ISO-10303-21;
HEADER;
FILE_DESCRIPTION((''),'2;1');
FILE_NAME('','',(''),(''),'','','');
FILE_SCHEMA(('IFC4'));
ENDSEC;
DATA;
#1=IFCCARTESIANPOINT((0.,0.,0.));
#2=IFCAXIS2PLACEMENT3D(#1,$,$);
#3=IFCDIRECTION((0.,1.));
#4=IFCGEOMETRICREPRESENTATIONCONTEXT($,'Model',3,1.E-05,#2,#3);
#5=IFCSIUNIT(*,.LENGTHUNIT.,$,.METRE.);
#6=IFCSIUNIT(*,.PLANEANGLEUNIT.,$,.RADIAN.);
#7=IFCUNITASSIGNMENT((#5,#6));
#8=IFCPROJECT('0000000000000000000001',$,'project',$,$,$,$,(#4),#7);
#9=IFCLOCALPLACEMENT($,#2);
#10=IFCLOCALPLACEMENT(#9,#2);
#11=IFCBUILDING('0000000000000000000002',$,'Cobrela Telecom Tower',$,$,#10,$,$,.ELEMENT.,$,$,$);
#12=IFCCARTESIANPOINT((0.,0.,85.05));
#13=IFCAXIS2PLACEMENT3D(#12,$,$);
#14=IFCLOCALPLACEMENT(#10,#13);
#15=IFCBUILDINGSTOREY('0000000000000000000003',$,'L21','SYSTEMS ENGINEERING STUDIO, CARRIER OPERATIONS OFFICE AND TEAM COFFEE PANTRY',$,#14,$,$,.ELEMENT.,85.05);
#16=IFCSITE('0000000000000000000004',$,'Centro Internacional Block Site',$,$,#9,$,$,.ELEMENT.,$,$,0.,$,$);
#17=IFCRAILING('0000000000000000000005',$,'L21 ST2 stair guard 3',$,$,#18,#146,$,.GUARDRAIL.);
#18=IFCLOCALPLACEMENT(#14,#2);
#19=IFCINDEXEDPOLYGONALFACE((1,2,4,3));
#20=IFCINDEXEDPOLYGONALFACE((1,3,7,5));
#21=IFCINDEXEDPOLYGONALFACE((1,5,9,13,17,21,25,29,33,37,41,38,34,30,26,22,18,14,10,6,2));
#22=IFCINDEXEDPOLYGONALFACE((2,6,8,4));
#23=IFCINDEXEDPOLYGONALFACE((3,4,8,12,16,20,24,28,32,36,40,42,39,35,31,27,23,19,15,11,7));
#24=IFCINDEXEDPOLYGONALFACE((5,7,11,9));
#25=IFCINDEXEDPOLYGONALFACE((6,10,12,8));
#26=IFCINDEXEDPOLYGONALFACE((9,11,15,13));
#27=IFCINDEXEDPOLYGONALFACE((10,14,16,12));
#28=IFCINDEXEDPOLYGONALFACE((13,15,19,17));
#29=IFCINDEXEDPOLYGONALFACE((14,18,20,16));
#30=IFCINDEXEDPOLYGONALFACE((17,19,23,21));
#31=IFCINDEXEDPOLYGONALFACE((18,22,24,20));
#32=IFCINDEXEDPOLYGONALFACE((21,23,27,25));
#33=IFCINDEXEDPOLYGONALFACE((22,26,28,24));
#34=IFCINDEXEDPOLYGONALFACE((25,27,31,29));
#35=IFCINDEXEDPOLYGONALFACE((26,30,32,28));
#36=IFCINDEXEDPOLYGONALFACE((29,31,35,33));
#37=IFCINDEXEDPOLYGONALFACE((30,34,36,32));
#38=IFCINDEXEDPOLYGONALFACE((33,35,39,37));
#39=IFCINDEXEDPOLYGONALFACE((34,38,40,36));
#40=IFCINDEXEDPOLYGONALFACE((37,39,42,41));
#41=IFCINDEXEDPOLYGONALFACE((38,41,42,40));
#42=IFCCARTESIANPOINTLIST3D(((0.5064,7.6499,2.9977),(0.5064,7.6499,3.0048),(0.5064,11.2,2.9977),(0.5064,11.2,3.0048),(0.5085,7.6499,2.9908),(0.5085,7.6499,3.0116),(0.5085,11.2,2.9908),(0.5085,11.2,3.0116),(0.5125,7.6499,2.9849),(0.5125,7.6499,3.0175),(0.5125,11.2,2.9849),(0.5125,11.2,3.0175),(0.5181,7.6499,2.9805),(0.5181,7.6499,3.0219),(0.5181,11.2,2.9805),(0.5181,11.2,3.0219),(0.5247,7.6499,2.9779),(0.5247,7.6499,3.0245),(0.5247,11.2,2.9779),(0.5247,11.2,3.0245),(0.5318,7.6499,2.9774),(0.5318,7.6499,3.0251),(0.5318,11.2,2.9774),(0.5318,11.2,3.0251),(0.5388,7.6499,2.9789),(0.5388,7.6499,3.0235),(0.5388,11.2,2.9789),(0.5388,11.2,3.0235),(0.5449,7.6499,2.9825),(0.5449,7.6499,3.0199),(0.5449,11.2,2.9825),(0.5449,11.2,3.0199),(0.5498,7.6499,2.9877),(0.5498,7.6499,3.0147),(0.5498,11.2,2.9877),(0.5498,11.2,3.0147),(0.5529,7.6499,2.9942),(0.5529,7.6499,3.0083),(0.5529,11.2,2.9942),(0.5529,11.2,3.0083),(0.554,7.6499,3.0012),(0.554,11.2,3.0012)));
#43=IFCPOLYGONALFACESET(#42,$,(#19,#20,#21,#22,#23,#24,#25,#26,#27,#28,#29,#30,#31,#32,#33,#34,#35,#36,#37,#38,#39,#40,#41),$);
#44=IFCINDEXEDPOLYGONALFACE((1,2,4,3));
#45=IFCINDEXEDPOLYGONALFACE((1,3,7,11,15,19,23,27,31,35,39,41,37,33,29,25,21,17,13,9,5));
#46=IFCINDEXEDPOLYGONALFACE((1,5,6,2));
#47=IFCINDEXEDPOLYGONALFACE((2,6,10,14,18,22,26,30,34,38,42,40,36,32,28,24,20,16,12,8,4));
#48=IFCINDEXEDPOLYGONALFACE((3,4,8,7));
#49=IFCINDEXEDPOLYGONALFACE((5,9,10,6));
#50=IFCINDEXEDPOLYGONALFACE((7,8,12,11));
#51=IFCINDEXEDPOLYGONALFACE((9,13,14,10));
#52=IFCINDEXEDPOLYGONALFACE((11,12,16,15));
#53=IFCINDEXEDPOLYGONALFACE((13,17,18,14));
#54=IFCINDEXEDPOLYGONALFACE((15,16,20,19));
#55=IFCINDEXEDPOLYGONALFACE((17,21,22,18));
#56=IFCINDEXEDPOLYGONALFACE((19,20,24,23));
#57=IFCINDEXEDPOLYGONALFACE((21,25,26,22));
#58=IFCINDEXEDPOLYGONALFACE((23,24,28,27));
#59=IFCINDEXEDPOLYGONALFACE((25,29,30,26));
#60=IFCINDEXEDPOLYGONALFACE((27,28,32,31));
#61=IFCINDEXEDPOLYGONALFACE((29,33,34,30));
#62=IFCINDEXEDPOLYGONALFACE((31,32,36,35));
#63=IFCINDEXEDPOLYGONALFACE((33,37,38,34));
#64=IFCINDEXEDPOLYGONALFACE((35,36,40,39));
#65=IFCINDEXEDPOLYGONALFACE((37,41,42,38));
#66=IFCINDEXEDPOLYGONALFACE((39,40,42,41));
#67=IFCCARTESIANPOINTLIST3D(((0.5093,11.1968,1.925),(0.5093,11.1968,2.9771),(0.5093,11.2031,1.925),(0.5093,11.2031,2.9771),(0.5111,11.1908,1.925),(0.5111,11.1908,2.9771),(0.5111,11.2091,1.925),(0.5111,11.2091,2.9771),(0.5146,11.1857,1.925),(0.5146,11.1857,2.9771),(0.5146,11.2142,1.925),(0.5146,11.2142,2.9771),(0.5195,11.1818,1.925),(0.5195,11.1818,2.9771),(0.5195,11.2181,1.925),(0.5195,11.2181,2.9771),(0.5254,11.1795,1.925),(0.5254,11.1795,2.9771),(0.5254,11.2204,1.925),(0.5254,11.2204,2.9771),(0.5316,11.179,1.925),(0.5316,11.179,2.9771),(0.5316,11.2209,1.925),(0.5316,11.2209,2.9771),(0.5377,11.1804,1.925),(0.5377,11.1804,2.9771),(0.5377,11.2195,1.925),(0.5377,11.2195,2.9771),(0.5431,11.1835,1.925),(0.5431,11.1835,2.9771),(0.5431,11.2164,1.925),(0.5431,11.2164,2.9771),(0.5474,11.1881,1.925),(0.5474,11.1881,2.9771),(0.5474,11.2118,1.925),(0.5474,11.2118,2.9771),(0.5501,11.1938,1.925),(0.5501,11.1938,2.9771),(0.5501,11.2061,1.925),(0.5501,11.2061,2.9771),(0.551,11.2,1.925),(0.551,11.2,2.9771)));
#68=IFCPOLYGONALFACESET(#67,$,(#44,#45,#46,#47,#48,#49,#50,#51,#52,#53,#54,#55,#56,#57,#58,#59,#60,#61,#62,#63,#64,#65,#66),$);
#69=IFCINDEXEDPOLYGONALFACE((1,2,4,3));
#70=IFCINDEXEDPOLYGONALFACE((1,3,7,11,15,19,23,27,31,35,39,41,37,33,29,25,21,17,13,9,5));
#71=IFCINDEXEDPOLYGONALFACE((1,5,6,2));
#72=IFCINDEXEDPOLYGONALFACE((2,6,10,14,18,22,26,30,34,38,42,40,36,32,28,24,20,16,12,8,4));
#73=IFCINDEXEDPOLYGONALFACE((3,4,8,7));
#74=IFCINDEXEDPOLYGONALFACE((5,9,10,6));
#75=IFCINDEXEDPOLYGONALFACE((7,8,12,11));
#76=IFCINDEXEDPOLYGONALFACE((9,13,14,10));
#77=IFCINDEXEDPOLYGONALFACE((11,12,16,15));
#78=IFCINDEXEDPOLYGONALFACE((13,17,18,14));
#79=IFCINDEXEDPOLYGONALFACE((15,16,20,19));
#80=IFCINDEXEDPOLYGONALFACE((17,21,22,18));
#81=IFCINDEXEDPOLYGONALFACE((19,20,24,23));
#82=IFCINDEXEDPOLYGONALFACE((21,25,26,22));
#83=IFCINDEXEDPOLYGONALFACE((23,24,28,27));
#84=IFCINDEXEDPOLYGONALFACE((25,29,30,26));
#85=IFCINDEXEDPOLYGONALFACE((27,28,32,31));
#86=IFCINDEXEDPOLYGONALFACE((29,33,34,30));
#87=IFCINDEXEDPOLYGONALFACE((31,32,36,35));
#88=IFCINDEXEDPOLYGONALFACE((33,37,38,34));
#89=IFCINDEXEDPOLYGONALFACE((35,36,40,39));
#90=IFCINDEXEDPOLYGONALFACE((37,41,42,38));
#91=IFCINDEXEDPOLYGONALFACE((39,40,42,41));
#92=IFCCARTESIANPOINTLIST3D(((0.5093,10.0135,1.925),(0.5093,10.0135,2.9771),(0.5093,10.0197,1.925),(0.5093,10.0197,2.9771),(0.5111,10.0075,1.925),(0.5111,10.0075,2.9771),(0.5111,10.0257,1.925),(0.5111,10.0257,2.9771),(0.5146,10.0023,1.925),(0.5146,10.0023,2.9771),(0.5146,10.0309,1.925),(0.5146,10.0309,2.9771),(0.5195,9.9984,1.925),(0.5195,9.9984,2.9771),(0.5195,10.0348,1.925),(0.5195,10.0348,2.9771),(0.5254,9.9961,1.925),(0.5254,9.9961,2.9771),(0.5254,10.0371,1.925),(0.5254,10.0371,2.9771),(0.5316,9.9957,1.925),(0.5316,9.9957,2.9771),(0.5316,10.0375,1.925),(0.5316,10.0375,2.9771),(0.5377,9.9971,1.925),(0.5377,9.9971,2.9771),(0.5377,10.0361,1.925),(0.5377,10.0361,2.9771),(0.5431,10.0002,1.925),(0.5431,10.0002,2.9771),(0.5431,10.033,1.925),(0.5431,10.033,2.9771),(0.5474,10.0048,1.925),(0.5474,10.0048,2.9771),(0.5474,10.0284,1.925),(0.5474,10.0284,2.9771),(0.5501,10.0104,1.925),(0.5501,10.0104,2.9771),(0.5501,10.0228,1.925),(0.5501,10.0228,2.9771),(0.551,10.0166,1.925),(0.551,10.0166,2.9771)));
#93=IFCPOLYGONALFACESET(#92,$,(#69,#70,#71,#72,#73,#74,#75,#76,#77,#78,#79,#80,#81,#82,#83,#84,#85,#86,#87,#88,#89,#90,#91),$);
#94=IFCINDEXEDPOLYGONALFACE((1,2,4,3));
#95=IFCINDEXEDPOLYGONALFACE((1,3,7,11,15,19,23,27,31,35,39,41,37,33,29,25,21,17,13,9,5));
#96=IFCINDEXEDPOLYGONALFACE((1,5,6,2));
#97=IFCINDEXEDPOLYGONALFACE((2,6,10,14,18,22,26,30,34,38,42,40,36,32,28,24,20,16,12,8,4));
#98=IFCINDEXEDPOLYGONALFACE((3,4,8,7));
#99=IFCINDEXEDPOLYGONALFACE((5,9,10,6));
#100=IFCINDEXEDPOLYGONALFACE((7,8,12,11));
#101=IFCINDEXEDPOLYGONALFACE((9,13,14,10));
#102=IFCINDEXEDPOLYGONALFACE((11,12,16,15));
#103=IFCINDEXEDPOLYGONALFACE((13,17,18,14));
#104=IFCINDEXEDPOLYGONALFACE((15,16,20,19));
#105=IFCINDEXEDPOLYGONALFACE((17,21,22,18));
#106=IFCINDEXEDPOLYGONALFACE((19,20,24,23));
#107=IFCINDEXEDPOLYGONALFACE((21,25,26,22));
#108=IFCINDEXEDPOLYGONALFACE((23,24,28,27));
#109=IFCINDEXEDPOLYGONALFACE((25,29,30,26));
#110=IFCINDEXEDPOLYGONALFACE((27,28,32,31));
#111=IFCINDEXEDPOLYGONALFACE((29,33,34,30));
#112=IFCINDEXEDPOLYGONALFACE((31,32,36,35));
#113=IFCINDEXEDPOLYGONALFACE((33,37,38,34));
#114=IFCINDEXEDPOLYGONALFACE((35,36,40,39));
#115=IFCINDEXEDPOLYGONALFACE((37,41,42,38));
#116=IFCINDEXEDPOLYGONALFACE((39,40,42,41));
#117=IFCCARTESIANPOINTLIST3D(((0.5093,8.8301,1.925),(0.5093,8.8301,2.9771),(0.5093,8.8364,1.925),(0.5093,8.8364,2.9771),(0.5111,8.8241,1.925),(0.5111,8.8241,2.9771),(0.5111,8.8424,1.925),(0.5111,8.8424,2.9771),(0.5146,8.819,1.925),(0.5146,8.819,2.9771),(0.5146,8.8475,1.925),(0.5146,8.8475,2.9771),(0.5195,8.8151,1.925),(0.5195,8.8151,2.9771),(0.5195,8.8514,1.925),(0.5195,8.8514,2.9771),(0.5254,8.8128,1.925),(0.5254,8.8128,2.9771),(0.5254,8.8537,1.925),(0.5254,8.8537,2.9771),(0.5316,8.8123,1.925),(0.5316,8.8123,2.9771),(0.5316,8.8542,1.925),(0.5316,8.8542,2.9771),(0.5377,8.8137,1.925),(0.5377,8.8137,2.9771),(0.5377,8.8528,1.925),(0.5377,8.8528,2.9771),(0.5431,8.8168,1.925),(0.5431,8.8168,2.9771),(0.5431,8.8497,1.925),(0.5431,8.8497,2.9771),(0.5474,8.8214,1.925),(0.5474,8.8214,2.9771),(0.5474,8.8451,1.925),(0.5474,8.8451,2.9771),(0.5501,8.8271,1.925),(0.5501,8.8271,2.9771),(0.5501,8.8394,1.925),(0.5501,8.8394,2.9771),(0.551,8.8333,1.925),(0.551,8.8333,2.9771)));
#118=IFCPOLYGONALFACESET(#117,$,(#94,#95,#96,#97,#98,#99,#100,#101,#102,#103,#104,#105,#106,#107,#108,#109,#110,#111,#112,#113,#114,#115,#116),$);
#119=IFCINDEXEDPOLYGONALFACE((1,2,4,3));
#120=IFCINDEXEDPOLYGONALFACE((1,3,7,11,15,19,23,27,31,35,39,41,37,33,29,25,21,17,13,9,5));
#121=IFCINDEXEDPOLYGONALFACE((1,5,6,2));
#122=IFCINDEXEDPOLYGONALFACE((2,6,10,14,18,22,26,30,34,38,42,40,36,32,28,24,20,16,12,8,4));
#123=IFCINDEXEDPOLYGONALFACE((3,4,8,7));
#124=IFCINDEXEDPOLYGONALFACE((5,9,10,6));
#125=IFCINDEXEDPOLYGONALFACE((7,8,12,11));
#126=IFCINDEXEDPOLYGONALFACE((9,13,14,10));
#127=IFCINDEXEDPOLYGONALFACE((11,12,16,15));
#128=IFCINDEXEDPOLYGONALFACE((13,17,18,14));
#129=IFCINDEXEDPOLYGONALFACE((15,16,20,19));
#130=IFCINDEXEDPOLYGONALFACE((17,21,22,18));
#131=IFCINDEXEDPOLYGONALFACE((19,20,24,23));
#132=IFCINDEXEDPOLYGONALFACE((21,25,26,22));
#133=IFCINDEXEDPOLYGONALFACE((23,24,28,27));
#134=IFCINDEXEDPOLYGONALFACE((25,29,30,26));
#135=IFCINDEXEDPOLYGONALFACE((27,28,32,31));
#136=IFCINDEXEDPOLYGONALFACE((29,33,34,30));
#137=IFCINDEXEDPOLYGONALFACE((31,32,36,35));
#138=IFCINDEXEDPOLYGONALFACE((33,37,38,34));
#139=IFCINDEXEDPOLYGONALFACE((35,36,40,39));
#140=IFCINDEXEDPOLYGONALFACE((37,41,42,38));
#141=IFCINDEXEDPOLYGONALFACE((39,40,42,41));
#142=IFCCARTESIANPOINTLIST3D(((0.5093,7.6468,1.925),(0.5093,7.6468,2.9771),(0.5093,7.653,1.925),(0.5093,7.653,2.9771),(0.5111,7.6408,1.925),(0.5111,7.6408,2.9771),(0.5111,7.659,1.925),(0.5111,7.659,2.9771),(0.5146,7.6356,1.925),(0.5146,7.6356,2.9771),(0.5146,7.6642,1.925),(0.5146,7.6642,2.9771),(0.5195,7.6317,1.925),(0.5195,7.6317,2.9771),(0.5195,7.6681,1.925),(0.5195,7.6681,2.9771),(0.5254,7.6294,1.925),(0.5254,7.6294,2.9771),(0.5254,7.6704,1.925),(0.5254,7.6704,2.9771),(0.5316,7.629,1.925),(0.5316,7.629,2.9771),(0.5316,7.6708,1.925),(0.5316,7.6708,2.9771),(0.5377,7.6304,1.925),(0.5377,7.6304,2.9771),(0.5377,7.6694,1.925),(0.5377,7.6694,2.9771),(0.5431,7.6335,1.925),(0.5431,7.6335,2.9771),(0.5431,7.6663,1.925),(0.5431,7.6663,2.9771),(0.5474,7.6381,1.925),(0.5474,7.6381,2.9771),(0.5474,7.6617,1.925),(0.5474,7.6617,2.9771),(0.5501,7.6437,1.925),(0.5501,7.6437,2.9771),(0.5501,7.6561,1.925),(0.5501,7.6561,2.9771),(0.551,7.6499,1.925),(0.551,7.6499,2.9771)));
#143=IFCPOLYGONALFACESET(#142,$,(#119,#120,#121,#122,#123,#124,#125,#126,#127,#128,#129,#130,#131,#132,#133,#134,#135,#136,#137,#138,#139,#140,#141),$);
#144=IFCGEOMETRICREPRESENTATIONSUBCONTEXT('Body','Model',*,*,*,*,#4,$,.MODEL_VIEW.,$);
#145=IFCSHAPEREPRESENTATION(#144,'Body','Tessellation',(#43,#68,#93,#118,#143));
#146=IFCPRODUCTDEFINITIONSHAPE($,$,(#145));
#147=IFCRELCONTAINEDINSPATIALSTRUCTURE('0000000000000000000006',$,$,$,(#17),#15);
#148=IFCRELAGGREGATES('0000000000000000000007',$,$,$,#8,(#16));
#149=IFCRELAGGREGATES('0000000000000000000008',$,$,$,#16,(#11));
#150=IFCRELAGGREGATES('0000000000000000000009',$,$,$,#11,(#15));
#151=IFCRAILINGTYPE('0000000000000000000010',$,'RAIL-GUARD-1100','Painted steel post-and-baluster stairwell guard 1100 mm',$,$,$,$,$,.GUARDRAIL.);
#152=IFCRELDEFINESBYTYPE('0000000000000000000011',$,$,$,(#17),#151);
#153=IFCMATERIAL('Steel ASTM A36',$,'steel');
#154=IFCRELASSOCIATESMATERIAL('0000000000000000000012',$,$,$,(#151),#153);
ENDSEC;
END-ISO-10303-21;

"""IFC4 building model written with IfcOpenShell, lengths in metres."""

from ifc_helpers import new_model, si_unit, direction, frame, origin, origin_2d, place, context, subcontext, project, spatial, circle, extrude, material, type_object, element, save


model = new_model("IFC4")

# Units and contexts
model_context = context("Model", 3, precision=1e-05, world=origin(), true_north=direction((0.0, 1.0)))
body_context = subcontext(model_context, "Body", "Model", "MODEL_VIEW")
ifc_project = project(units=[si_unit("LENGTHUNIT", "METRE"), si_unit("PLANEANGLEUNIT", "RADIAN")], contexts=[model_context])

# Site, building, storey
site_placement = place(None, origin())
site = spatial("IfcSite", under=ifc_project, at=site_placement, Name="Centro Internacional Block Site", CompositionType="ELEMENT", RefElevation=0.0)
building_placement = place(site_placement, origin())
building = spatial("IfcBuilding", under=site, at=building_placement, Name="Cobrela Telecom Tower", CompositionType="ELEMENT")
storey_placement = place(building_placement, frame((0.0, 0.0, 85.05)))
storey = spatial("IfcBuildingStorey", under=building, at=storey_placement, Name="L21", Description="SYSTEMS ENGINEERING STUDIO, CARRIER OPERATIONS OFFICE AND TEAM COFFEE PANTRY", CompositionType="ELEMENT", Elevation=85.05)

# Railing
ifc_material_1 = material(Name="Steel ASTM A36", Category="steel")
railing_type_1 = type_object("IfcRailingType", Name="RAIL-GUARD-1100", Description="Painted steel post-and-baluster stairwell guard 1100 mm", PredefinedType="GUARDRAIL", material=ifc_material_1)
railing_1_placement = place(storey_placement, frame((0.53, 11.2, 1.925)))
element("IfcRailing", 1, at=railing_1_placement, inside=storey, type_object=railing_type_1, Name="L21 ST2 stair guard 3", PredefinedType="GUARDRAIL", context=body_context, shape_type="SweptSolid", body=[
    extrude(circle(Radius=0.0239, at=origin_2d()), frame((0.0, 0.0, 1.0762), z_axis=(0.0, -1.0, 0.0), x_axis=(1.0, 0.0, 0.0)), (0.0, 0.0, 1.0), 3.55),
    extrude(circle(Radius=0.021, at=origin_2d()), origin(), (0.0, 0.0, 1.0), 1.052),
    extrude(circle(Radius=0.021, at=origin_2d()), frame((0.0, -1.1833, 0.0)), (0.0, 0.0, 1.0), 1.052),
    extrude(circle(Radius=0.021, at=origin_2d()), frame((0.0, -2.3667, 0.0)), (0.0, 0.0, 1.0), 1.052),
    extrude(circle(Radius=0.021, at=origin_2d()), frame((0.0, -3.55, 0.0)), (0.0, 0.0, 1.0), 1.052),
])

save(model, "model.ifc")
